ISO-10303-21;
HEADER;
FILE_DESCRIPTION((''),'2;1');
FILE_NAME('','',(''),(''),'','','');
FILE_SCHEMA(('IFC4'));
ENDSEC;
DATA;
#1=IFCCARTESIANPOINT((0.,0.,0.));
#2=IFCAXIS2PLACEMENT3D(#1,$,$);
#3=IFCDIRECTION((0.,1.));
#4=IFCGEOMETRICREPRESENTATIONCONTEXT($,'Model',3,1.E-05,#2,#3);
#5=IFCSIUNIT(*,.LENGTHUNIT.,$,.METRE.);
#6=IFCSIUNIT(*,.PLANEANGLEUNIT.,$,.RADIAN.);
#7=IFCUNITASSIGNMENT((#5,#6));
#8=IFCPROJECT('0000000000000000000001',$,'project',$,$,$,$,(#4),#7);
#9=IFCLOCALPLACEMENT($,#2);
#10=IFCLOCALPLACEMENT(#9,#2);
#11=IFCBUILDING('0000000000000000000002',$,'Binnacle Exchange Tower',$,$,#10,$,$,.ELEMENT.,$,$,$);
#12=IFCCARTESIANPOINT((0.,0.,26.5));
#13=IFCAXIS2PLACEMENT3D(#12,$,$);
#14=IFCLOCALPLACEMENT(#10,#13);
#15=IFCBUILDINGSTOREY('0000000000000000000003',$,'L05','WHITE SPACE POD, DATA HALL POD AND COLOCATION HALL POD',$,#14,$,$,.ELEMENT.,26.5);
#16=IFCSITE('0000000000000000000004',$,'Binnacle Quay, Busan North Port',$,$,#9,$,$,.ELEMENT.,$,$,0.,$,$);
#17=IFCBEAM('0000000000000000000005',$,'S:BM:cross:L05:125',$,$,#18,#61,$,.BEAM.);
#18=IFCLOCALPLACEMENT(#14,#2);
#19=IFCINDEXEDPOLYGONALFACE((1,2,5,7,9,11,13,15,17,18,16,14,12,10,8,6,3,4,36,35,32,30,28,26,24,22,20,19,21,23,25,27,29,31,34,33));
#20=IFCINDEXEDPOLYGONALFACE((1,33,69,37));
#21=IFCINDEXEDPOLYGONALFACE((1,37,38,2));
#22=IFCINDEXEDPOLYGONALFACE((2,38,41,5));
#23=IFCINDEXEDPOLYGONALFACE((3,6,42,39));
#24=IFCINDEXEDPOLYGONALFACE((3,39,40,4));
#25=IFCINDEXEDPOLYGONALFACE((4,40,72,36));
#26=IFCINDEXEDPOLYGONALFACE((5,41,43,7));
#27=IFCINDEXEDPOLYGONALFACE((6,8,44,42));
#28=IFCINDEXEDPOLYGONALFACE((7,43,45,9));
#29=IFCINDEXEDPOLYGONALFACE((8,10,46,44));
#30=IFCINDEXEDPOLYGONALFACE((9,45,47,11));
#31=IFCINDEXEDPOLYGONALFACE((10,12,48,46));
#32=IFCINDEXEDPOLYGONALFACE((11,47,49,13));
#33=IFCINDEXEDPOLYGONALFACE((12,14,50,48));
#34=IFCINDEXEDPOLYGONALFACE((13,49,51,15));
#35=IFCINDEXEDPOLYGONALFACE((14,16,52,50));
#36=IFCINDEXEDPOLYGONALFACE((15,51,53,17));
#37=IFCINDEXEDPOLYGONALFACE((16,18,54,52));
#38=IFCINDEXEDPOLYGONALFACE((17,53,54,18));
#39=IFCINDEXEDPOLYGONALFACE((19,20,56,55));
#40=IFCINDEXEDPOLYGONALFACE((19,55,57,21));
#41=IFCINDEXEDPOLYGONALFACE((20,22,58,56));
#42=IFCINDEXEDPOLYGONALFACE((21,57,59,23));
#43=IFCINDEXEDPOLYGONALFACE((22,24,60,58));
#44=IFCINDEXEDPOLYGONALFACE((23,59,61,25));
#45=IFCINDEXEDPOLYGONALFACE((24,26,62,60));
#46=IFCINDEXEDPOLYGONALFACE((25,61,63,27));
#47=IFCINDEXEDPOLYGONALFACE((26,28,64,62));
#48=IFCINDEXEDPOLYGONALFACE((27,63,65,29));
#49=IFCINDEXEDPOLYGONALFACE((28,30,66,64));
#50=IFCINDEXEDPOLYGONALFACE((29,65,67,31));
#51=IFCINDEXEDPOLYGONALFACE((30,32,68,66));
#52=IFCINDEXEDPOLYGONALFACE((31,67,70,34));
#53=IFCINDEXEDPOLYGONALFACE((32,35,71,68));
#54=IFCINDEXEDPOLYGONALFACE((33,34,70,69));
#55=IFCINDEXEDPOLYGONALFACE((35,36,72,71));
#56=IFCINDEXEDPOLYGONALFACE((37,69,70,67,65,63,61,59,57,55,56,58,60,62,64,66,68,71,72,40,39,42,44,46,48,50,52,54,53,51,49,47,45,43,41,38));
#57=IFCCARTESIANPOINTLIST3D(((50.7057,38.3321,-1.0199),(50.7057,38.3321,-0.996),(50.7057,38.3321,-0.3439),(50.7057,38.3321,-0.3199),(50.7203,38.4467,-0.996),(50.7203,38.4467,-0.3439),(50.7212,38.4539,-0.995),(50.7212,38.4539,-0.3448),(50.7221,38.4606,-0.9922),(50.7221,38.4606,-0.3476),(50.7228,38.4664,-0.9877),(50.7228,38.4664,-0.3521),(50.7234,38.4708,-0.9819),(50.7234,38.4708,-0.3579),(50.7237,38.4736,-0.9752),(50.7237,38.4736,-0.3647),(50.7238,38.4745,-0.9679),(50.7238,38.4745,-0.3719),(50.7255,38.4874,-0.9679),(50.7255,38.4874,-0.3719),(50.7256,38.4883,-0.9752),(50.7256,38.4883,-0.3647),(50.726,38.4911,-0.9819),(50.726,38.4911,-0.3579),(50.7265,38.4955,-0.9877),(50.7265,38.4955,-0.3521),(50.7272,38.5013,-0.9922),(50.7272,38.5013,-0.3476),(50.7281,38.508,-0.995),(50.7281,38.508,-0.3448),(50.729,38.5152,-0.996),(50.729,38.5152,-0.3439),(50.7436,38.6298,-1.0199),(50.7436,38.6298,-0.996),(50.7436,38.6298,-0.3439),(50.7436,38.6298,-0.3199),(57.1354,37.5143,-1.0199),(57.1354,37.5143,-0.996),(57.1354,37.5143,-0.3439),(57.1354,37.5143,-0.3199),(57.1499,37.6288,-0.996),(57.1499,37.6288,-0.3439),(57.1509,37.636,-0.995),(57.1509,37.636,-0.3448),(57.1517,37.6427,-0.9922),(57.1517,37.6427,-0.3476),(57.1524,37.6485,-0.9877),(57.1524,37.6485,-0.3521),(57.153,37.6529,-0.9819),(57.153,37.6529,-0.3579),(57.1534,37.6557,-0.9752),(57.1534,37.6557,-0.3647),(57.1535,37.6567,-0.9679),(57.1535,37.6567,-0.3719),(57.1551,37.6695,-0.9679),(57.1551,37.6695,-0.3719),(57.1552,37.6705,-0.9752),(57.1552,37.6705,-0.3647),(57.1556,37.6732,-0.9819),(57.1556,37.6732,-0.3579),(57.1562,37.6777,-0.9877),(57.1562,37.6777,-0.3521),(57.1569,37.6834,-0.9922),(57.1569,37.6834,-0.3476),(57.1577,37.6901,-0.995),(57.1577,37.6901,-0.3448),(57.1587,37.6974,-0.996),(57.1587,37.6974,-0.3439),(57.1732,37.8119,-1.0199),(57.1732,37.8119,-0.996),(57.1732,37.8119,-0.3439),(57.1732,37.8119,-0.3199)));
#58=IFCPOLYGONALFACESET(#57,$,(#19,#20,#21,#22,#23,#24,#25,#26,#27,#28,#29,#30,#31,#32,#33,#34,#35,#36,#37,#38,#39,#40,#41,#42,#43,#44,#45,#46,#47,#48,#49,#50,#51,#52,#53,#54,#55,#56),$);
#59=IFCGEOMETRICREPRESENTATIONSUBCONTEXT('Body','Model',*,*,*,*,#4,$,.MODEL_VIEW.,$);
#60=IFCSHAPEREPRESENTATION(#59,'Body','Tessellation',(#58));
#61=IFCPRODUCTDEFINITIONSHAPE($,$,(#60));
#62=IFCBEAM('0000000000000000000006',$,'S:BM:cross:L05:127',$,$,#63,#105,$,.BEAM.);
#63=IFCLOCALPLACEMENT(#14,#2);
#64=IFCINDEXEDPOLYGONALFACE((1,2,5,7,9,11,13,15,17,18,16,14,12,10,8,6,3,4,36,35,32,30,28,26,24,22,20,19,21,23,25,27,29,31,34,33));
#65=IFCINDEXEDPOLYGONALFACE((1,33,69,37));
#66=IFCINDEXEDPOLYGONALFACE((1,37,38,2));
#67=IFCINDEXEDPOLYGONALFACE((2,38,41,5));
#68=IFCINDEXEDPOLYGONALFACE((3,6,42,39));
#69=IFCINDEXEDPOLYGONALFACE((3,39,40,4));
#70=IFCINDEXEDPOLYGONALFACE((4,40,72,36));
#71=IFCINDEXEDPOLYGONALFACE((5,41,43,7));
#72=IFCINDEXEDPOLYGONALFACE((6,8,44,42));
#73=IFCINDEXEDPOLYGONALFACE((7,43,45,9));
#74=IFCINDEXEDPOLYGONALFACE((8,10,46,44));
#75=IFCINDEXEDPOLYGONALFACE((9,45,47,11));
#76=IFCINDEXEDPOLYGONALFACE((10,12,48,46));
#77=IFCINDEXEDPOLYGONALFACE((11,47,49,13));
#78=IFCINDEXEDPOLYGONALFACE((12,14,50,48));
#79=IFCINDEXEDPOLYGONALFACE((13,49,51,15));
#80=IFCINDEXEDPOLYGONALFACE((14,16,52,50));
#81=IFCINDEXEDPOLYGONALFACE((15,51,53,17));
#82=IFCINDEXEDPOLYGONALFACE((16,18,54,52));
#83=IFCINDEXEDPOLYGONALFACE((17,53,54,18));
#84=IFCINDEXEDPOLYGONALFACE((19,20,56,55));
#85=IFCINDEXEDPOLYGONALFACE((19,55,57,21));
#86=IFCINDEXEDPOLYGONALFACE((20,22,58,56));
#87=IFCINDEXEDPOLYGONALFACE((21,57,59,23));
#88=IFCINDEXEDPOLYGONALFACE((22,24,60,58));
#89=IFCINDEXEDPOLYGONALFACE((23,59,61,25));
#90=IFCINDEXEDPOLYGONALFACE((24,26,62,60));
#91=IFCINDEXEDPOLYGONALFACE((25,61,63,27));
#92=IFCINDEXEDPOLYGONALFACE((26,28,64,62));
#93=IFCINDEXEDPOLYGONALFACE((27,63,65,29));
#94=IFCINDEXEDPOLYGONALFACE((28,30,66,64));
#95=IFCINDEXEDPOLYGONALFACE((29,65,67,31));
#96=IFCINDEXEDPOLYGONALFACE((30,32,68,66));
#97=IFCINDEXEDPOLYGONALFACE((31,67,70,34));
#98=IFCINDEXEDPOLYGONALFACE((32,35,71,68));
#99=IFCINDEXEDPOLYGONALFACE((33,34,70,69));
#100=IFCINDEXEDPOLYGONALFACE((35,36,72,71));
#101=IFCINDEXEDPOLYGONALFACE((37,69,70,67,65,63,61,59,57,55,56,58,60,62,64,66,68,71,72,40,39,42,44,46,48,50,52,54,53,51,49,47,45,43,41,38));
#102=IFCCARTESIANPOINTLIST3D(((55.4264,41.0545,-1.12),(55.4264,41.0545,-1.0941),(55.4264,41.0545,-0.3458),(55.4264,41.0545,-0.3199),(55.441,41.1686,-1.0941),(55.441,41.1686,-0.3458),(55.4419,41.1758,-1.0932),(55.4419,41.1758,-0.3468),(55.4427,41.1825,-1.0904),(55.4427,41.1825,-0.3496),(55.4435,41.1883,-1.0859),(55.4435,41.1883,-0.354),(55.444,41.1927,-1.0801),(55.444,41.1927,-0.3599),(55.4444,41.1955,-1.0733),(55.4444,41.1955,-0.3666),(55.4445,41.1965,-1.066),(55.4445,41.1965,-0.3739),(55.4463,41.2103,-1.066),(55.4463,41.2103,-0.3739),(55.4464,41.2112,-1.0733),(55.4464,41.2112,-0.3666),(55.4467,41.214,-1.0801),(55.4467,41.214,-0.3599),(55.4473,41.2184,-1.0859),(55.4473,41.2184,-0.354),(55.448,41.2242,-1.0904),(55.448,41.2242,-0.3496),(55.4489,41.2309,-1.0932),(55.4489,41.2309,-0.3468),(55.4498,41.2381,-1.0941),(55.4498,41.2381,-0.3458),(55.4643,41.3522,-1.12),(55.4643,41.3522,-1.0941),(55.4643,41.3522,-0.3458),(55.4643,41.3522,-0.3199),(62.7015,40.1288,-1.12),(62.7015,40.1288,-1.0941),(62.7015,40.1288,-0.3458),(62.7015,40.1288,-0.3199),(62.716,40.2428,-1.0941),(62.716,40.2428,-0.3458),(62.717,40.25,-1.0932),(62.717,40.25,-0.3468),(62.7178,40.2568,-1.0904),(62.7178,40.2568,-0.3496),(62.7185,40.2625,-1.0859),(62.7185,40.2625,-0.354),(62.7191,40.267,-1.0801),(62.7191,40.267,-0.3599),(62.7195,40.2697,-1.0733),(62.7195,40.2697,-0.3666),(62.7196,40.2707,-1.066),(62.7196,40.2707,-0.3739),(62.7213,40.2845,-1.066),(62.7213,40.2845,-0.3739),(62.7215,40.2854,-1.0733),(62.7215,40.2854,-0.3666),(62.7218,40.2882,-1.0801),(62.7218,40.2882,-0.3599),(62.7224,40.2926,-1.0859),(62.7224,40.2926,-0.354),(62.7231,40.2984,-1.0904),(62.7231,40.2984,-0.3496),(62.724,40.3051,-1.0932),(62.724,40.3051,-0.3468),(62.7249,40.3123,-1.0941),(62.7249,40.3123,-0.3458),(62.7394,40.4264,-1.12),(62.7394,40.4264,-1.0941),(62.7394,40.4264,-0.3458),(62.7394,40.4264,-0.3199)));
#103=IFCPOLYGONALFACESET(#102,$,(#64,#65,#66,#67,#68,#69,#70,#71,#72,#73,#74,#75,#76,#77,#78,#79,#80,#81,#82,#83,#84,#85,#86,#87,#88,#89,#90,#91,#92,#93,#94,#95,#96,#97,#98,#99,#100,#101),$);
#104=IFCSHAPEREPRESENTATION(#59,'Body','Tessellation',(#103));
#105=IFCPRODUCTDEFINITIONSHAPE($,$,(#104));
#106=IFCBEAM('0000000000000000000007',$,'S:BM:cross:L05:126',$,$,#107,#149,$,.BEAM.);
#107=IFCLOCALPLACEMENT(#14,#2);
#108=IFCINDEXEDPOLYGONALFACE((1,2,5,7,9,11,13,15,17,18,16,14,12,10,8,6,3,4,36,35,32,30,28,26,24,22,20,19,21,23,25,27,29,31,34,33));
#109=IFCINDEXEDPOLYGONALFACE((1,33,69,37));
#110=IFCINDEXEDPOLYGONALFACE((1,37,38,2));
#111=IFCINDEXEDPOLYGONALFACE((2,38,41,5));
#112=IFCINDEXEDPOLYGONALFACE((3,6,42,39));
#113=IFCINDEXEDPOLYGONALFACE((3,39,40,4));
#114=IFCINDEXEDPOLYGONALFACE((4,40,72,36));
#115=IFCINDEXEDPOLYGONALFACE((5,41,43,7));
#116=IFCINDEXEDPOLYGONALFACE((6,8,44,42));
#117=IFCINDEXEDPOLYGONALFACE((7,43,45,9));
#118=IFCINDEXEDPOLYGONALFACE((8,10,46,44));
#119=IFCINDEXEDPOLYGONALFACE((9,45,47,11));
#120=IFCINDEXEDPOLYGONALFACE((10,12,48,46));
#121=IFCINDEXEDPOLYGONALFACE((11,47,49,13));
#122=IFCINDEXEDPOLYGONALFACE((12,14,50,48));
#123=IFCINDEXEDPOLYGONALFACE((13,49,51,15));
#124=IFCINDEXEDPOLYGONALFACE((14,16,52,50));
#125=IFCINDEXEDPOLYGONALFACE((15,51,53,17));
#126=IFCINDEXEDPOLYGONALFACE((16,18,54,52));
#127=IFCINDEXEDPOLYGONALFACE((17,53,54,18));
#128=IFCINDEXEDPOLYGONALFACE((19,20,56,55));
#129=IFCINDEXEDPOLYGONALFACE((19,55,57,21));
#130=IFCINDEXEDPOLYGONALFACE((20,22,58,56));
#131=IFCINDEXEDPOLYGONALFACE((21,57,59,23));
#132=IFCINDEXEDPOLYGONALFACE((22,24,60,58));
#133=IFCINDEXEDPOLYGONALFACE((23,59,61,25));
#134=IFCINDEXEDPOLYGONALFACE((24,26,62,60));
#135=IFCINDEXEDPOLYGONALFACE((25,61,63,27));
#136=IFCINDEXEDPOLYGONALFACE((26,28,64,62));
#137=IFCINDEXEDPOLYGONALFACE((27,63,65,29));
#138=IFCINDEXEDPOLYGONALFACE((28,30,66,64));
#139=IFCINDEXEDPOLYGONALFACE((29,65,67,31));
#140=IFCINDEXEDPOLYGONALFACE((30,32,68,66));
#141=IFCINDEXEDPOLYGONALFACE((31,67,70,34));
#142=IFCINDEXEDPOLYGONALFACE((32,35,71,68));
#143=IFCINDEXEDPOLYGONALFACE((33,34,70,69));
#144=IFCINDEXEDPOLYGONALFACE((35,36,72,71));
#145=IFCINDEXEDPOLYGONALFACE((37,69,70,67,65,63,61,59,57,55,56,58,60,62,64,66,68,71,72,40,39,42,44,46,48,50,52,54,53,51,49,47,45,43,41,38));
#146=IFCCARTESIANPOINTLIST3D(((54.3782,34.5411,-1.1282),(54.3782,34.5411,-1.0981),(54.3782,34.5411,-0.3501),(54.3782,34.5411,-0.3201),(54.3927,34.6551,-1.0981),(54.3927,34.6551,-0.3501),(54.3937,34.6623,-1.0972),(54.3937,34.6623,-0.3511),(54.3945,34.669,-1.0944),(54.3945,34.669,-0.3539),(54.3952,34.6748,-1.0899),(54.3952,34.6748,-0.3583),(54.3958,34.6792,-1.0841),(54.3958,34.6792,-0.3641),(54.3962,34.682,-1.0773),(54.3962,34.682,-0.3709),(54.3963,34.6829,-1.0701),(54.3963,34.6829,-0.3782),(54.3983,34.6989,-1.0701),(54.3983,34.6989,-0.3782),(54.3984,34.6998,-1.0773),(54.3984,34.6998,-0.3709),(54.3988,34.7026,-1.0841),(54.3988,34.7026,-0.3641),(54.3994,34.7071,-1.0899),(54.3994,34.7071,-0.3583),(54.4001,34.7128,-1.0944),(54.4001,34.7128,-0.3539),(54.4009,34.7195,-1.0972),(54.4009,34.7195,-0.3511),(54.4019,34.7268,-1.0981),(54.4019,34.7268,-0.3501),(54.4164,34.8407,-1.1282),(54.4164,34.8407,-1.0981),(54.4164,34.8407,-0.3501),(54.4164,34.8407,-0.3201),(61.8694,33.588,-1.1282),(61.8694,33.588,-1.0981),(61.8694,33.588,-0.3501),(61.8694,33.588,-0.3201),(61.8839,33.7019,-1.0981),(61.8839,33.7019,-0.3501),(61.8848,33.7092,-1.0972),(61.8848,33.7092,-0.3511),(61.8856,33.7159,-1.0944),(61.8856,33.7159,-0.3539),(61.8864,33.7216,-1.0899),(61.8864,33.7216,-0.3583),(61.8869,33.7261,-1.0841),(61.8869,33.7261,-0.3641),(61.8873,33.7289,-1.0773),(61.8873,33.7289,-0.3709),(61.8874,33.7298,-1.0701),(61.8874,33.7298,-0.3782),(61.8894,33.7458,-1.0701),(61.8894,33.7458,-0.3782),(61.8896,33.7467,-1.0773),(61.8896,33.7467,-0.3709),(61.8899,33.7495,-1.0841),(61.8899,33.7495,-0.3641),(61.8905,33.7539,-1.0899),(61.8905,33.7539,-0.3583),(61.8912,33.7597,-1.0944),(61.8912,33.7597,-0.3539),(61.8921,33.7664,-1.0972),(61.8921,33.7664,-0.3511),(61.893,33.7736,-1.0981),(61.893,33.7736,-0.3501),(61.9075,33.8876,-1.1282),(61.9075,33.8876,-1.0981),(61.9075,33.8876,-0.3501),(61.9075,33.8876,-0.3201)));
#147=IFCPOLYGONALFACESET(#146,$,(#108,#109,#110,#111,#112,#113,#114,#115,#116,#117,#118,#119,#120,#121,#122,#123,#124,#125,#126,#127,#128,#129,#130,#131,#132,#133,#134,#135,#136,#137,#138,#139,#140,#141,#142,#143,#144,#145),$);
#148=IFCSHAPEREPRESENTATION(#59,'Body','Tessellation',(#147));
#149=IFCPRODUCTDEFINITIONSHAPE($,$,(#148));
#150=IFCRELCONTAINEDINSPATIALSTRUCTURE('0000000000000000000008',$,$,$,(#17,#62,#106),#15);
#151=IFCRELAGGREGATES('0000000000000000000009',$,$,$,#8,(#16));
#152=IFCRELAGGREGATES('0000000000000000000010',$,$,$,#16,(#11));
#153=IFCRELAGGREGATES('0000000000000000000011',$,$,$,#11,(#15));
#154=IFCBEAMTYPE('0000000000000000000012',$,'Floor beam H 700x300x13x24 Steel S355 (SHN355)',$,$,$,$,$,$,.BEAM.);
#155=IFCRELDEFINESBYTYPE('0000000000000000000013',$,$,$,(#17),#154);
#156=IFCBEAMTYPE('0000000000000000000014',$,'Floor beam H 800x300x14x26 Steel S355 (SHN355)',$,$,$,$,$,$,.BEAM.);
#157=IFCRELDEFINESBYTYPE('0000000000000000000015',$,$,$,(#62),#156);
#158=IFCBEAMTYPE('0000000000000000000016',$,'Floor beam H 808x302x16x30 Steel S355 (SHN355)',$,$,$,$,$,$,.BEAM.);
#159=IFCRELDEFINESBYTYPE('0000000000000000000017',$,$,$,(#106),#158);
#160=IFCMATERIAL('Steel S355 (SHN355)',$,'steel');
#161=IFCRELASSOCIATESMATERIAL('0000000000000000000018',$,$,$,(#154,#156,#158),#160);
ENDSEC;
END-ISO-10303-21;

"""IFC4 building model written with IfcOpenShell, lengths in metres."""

from ifc_helpers import new_model, si_unit, direction, frame, origin, origin_2d, place, context, subcontext, project, spatial, i_section, extrude, material, material_profile, profile_set, type_object, element, save


model = new_model("IFC4")

# Units and contexts
model_context = context("Model", 3, precision=1e-05, world=origin(), true_north=direction((0.0, 1.0)))
body_context = subcontext(model_context, "Body", "Model", "MODEL_VIEW")
ifc_project = project(units=[si_unit("LENGTHUNIT", "METRE"), si_unit("PLANEANGLEUNIT", "RADIAN")], contexts=[model_context])

# Site, building, storey
site_placement = place(None, origin())
site = spatial("IfcSite", under=ifc_project, at=site_placement, Name="Binnacle Quay, Busan North Port", CompositionType="ELEMENT", RefElevation=0.0)
building_placement = place(site_placement, origin())
building = spatial("IfcBuilding", under=site, at=building_placement, Name="Binnacle Exchange Tower", CompositionType="ELEMENT")
storey_placement = place(building_placement, frame((0.0, 0.0, 26.5)))
storey = spatial("IfcBuildingStorey", under=building, at=storey_placement, Name="L05", Description="WHITE SPACE POD, DATA HALL POD AND COLOCATION HALL POD", CompositionType="ELEMENT", Elevation=26.5)

# Beams
ifc_material_1 = material(Name="Steel S355 (SHN355)", Category="steel")
ifc_material_profile_1 = material_profile(ifc_material_1, i_section(OverallWidth=0.3, OverallDepth=0.7, WebThickness=0.0129, FlangeThickness=0.0239, FilletRadius=0.0281, at=origin_2d()), Name="H 700x300x13x24")
ifc_profile_set_1 = profile_set([ifc_material_profile_1], Name="Steel S355 (SHN355)")
beam_type_1 = type_object("IfcBeamType", Name="Floor beam H 700x300x13x24 Steel S355 (SHN355)", PredefinedType="BEAM", material=ifc_profile_set_1)
beam_1_placement = place(storey_placement, frame((57.1543, 37.6631, -0.6699), z_axis=(-0.992007, 0.126186, 0.0), x_axis=(-0.126186, -0.992007, 0.0)))
element("IfcBeam", 1, at=beam_1_placement, inside=storey, type_object=beam_type_1, Name="S:BM:cross:L05:125", PredefinedType="BEAM", context=body_context, shape_type="SweptSolid", body=[
    extrude(i_section(OverallWidth=0.3, OverallDepth=0.7, WebThickness=0.0129, FlangeThickness=0.0239, FilletRadius=0.0281, at=origin_2d()), origin(), (0.0, 0.0, 1.0), 6.4814),
])
ifc_material_profile_2 = material_profile(ifc_material_1, i_section(OverallWidth=0.3, OverallDepth=0.8, WebThickness=0.0139, FlangeThickness=0.0259, FilletRadius=0.0281, at=origin_2d()), Name="H 800x300x14x26")
ifc_profile_set_2 = profile_set([ifc_material_profile_2], Name="Steel S355 (SHN355)")
beam_type_2 = type_object("IfcBeamType", Name="Floor beam H 800x300x14x26 Steel S355 (SHN355)", PredefinedType="BEAM", material=ifc_profile_set_2)
beam_2_placement = place(storey_placement, frame((62.7205, 40.2776, -0.72), z_axis=(-0.992, 0.126235, 0.0), x_axis=(-0.126235, -0.992, 0.0)))
element("IfcBeam", 2, at=beam_2_placement, inside=storey, type_object=beam_type_2, Name="S:BM:cross:L05:127", PredefinedType="BEAM", context=body_context, shape_type="SweptSolid", body=[
    extrude(i_section(OverallWidth=0.3, OverallDepth=0.8, WebThickness=0.0139, FlangeThickness=0.0259, FilletRadius=0.0281, at=origin_2d()), origin(), (0.0, 0.0, 1.0), 7.3337),
])
ifc_material_profile_3 = material_profile(ifc_material_1, i_section(OverallWidth=0.302, OverallDepth=0.8081, WebThickness=0.0161, FlangeThickness=0.03, FilletRadius=0.0281, at=origin_2d()), Name="H 808x302x16x30")
ifc_profile_set_3 = profile_set([ifc_material_profile_3], Name="Steel S355 (SHN355)")
beam_type_3 = type_object("IfcBeamType", Name="Floor beam H 808x302x16x30 Steel S355 (SHN355)", PredefinedType="BEAM", material=ifc_profile_set_3)
beam_3_placement = place(storey_placement, frame((61.8884, 33.7378, -0.7241), z_axis=(-0.992003, 0.126215, 0.0), x_axis=(-0.126215, -0.992003, 0.0)))
element("IfcBeam", 3, at=beam_3_placement, inside=storey, type_object=beam_type_3, Name="S:BM:cross:L05:126", PredefinedType="BEAM", context=body_context, shape_type="SweptSolid", body=[
    extrude(i_section(OverallWidth=0.302, OverallDepth=0.8081, WebThickness=0.0161, FlangeThickness=0.03, FilletRadius=0.0281, at=origin_2d()), origin(), (0.0, 0.0, 1.0), 7.5515),
])

save(model, "model.ifc")
